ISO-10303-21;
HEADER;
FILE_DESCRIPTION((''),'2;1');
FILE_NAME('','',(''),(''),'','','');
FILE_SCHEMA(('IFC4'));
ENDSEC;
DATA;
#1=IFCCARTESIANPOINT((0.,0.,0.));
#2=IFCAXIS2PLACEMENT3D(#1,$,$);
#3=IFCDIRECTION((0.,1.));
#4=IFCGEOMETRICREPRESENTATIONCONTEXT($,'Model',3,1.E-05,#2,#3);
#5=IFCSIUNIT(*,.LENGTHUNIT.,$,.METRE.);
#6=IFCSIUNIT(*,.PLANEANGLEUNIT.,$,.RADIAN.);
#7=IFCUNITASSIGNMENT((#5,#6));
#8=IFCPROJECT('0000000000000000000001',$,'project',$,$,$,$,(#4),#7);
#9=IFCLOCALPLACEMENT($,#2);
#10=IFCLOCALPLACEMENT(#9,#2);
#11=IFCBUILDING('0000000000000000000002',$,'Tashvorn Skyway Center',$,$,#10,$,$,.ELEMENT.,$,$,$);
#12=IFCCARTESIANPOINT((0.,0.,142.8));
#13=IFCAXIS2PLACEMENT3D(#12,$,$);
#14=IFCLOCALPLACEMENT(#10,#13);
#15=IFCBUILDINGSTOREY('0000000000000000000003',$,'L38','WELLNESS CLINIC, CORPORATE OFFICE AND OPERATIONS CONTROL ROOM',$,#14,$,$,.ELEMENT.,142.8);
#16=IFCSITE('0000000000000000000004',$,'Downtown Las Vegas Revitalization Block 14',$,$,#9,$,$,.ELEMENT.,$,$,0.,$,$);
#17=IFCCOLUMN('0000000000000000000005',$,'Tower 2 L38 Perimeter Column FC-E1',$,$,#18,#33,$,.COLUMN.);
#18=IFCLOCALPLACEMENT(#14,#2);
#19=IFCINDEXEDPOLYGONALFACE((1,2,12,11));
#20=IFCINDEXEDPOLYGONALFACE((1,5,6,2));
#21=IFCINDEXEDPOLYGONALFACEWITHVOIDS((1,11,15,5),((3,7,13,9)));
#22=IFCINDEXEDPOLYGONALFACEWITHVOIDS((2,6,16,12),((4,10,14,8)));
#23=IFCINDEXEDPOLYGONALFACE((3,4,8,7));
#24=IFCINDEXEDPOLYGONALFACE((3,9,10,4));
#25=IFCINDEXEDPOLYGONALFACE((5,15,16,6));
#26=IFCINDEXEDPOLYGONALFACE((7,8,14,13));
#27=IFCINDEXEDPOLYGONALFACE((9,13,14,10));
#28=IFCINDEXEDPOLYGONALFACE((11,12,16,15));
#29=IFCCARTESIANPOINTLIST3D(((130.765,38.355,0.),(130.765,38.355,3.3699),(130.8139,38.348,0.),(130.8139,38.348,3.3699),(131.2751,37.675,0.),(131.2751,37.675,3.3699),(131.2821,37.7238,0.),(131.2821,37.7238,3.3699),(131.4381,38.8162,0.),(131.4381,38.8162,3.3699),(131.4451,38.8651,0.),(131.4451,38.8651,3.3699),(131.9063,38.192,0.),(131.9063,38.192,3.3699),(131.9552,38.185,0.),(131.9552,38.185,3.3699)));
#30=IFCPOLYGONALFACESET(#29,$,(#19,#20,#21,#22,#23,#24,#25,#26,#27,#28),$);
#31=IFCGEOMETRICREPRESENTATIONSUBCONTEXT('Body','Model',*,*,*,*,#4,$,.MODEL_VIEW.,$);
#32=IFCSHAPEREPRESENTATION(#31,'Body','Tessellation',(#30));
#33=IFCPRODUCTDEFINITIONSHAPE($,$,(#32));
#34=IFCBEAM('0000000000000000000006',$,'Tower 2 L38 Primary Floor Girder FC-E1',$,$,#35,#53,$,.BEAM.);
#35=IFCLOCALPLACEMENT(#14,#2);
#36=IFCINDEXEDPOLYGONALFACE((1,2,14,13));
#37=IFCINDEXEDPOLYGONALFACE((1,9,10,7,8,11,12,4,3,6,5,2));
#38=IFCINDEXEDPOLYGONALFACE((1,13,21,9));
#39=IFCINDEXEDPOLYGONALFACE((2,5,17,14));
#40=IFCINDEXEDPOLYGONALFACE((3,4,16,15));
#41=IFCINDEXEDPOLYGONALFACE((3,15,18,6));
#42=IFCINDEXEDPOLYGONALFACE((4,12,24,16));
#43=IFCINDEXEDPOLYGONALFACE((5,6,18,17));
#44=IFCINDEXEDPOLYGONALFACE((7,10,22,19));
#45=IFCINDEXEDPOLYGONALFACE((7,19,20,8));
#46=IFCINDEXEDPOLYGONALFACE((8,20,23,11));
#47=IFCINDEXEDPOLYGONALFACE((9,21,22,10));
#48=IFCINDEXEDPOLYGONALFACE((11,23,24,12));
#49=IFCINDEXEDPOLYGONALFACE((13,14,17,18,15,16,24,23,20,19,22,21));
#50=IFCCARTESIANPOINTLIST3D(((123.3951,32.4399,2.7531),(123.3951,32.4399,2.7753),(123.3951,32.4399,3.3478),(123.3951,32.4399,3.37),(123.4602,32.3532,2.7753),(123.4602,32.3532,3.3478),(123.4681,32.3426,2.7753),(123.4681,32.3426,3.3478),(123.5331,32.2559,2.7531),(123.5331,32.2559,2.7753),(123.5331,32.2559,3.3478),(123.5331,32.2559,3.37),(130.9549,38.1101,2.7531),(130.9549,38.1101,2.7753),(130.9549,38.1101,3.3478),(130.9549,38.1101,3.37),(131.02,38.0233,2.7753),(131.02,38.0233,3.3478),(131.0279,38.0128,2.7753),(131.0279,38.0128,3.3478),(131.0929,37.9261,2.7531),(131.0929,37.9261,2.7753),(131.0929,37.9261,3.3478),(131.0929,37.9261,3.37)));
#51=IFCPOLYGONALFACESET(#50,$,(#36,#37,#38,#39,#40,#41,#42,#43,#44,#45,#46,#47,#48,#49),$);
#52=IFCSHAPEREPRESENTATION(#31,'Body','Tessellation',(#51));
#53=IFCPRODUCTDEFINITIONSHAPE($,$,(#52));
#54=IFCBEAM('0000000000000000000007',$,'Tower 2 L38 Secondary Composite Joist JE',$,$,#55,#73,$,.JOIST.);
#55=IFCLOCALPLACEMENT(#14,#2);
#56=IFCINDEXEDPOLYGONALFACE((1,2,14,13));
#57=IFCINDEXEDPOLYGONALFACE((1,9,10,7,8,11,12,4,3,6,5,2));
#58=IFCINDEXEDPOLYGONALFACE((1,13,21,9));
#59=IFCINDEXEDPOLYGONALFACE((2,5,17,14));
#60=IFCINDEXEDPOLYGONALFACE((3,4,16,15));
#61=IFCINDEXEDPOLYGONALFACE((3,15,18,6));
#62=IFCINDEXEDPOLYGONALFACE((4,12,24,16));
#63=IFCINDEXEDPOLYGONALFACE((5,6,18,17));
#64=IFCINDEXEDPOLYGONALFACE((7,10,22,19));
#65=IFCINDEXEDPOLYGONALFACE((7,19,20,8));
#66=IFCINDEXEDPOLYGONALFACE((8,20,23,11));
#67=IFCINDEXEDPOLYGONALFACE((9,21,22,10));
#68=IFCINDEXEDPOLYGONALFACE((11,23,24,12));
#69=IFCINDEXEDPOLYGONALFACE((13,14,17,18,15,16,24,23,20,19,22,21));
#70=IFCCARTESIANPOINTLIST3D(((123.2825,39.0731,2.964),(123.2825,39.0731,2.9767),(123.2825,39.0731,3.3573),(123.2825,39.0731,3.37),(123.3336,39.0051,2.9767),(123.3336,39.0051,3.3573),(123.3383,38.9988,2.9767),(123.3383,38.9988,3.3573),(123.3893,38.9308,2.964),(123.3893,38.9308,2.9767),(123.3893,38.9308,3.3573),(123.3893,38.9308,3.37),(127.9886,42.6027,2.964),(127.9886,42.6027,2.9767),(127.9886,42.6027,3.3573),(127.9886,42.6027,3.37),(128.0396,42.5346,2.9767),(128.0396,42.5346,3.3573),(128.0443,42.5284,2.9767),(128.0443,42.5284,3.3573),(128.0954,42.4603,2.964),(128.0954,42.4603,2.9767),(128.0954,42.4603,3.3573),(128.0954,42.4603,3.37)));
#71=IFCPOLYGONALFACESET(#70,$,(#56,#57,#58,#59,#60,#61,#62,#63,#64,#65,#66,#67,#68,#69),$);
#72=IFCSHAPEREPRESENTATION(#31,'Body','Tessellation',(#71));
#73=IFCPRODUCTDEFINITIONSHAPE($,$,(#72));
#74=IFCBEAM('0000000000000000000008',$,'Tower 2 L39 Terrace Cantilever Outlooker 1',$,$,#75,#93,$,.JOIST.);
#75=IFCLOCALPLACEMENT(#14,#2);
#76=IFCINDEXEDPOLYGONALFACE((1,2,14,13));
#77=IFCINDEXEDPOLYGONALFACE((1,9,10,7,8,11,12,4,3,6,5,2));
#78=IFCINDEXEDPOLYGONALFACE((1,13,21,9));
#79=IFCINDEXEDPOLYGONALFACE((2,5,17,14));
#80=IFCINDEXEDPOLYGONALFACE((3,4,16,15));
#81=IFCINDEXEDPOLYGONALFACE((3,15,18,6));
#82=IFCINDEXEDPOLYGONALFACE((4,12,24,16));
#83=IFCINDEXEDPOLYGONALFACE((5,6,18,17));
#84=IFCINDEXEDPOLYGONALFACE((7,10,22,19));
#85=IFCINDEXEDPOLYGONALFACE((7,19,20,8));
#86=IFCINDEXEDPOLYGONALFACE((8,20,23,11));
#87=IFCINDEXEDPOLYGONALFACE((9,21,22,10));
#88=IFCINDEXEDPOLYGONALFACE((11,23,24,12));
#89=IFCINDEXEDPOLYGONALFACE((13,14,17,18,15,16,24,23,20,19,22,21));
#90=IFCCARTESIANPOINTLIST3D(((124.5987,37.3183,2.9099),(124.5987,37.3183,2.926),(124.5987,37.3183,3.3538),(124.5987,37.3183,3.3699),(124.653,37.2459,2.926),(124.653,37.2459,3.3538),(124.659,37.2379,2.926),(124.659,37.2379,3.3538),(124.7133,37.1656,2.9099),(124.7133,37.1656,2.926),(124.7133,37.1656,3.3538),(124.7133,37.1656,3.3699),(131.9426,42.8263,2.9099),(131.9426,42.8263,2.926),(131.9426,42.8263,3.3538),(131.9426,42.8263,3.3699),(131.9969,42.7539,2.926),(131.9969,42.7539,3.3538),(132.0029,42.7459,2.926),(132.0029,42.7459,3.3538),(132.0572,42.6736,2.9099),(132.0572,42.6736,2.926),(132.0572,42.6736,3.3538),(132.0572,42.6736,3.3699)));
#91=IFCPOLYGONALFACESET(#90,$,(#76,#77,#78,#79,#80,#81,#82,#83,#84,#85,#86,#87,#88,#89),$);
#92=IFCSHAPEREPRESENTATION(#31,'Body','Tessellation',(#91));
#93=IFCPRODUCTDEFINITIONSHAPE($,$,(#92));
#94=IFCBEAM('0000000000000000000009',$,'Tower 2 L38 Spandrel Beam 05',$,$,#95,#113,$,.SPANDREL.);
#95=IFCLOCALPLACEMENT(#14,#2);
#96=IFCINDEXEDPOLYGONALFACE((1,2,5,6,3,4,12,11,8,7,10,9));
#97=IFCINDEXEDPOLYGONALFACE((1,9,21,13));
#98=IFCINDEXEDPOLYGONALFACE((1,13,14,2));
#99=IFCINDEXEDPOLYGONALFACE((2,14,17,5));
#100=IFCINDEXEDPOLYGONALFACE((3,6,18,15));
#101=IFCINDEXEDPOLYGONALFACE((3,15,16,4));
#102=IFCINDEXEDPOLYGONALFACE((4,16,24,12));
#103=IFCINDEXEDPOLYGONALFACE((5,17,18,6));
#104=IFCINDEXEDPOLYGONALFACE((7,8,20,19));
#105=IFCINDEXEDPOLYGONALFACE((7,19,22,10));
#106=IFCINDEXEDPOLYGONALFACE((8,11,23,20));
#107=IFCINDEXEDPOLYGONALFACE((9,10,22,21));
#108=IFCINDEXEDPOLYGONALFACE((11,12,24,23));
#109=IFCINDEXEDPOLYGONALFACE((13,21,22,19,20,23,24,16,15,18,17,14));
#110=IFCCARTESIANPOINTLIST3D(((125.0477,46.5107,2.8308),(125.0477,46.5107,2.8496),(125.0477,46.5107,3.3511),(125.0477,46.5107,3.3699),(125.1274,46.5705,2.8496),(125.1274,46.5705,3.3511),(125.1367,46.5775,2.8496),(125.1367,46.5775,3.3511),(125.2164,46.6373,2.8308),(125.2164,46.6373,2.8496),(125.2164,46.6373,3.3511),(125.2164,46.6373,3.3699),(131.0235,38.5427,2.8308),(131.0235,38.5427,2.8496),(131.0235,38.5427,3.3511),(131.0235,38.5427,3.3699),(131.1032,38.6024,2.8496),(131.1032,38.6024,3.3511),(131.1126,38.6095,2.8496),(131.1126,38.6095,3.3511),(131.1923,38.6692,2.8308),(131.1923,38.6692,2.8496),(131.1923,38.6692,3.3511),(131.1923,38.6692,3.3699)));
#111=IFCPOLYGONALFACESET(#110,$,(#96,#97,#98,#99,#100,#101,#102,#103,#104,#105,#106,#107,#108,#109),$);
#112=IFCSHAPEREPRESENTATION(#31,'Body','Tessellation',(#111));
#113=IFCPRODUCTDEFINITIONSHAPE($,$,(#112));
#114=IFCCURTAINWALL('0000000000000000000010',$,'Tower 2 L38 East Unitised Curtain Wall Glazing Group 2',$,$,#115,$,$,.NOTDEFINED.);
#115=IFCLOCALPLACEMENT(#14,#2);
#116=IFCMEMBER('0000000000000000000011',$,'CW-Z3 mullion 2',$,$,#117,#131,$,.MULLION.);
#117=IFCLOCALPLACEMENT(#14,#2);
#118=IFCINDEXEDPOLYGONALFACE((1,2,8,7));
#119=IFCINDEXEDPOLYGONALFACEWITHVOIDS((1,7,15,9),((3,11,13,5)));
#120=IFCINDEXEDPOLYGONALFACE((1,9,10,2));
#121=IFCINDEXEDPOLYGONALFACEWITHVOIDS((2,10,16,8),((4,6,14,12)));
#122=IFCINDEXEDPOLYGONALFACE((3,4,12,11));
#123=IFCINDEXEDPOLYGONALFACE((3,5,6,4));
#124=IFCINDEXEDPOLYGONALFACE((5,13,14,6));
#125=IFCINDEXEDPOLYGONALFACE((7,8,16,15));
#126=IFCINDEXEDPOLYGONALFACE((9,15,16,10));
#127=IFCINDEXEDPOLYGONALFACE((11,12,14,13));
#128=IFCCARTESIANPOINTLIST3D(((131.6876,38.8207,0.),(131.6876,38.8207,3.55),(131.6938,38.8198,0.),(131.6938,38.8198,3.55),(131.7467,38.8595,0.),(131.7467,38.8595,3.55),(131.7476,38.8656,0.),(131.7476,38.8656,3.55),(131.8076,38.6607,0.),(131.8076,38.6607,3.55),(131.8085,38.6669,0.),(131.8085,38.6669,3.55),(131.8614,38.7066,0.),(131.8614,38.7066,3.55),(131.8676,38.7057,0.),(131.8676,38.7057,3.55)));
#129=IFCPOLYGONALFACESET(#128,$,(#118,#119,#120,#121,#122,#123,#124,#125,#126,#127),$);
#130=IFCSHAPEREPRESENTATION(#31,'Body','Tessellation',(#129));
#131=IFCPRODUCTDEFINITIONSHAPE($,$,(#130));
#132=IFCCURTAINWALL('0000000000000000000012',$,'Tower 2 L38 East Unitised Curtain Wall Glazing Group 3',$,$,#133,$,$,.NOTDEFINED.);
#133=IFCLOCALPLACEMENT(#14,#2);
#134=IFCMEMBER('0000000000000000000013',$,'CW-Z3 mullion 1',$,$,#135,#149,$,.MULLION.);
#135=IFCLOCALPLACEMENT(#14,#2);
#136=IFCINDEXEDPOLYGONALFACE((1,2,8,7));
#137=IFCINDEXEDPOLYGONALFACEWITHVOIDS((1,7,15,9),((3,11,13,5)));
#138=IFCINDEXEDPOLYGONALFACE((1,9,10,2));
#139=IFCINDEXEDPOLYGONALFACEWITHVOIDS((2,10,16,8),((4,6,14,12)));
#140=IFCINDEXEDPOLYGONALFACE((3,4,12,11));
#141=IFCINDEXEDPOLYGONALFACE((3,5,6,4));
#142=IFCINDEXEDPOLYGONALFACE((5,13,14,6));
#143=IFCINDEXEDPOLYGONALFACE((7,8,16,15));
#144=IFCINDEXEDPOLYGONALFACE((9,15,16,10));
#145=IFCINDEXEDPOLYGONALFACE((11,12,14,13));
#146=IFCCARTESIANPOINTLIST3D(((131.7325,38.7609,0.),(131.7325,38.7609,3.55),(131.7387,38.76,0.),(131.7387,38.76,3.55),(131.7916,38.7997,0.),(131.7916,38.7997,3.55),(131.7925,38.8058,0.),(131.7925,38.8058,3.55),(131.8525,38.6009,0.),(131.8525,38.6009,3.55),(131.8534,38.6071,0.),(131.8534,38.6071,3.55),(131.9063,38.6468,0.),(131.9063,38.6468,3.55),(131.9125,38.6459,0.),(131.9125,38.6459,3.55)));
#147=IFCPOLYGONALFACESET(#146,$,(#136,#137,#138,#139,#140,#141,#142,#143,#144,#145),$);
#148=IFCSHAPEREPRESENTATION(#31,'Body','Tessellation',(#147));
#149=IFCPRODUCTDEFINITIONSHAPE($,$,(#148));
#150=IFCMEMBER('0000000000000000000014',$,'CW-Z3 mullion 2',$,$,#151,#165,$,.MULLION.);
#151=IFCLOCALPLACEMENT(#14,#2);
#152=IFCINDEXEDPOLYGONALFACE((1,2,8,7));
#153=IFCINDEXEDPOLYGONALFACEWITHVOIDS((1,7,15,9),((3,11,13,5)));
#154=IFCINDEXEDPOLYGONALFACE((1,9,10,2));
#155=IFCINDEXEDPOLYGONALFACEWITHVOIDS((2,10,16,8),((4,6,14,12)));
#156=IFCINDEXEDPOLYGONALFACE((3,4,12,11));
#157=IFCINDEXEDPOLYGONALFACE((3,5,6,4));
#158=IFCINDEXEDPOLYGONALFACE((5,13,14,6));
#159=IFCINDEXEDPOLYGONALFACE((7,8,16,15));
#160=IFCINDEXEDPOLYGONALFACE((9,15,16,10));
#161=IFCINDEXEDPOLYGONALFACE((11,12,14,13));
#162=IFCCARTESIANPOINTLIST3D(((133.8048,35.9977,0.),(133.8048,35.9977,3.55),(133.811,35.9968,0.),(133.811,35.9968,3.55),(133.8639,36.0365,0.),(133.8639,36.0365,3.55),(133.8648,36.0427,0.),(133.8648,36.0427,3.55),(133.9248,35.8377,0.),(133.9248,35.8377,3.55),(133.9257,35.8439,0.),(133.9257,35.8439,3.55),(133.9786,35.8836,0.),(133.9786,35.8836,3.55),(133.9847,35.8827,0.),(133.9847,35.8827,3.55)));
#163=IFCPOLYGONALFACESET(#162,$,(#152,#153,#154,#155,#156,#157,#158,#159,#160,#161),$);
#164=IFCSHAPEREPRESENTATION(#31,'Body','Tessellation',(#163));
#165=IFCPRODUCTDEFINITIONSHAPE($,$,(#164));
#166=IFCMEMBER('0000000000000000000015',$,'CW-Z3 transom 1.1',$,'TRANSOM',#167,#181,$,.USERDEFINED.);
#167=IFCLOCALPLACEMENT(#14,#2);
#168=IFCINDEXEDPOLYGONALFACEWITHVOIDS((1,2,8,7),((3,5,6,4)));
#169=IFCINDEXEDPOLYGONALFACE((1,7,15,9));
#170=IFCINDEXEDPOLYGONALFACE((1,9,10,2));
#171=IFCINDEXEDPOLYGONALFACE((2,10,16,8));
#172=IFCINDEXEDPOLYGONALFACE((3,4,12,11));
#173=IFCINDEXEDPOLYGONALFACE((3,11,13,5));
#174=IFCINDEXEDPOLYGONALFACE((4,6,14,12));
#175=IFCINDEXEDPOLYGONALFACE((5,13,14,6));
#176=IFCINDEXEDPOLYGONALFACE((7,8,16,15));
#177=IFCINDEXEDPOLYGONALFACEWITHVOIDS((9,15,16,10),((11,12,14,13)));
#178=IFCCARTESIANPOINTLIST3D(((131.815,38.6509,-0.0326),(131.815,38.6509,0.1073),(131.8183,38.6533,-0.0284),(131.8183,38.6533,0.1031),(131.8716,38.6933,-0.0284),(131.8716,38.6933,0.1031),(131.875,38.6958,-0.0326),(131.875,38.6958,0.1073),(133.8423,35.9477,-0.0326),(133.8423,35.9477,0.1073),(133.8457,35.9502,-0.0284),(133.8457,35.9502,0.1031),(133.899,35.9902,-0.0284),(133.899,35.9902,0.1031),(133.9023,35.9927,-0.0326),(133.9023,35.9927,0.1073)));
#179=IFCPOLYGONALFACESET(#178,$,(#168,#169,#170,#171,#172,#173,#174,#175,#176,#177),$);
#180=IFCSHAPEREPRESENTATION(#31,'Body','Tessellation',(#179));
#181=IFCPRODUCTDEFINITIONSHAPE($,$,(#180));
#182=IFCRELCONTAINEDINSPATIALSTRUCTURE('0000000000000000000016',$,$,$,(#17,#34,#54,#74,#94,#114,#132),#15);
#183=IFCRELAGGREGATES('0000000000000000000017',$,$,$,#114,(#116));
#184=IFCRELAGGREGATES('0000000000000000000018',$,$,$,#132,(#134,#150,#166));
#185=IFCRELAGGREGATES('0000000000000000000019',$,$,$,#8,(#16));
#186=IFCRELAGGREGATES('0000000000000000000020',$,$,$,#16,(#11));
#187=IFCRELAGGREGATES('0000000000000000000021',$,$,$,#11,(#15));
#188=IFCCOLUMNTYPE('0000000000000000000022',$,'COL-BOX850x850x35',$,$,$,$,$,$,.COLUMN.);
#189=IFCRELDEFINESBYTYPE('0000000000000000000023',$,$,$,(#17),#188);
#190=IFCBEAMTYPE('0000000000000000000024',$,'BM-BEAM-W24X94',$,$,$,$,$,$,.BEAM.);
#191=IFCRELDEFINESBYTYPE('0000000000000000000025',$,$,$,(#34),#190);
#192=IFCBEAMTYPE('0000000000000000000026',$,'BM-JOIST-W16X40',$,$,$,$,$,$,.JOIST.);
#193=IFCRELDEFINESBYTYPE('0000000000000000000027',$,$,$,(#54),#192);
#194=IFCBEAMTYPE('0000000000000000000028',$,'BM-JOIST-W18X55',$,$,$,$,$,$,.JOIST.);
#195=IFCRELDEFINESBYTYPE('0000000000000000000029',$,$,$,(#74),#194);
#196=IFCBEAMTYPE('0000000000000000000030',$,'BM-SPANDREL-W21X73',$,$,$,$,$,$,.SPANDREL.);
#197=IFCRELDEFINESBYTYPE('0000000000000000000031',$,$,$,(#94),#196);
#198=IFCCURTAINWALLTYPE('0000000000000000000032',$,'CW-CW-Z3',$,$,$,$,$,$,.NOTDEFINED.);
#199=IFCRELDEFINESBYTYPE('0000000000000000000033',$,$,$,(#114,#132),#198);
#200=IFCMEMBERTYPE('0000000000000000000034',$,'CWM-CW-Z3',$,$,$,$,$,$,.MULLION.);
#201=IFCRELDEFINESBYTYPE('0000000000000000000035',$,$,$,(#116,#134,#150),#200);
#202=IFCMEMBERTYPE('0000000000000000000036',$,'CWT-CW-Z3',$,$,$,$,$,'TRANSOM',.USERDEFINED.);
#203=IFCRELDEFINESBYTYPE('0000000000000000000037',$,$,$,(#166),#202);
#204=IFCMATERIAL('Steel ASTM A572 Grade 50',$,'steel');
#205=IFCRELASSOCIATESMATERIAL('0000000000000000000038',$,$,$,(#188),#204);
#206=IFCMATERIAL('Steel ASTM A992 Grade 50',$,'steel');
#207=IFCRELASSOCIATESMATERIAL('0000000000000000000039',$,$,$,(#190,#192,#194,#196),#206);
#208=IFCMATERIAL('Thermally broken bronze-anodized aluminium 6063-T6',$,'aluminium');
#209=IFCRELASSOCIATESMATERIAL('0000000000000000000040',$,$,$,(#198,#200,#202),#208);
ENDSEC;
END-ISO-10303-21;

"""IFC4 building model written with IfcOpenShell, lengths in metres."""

from ifc_helpers import new_model, si_unit, direction, frame, origin, origin_2d, place, context, subcontext, project, spatial, hollow_rectangle, i_section, extrude, material, material_profile, profile_set, type_object, element, aggregate, save


model = new_model("IFC4")

# Units and contexts
model_context = context("Model", 3, precision=1e-05, world=origin(), true_north=direction((0.0, 1.0)))
body_context = subcontext(model_context, "Body", "Model", "MODEL_VIEW")
ifc_project = project(units=[si_unit("LENGTHUNIT", "METRE"), si_unit("PLANEANGLEUNIT", "RADIAN")], contexts=[model_context])

# Site, building, storey
site_placement = place(None, origin())
site = spatial("IfcSite", under=ifc_project, at=site_placement, Name="Downtown Las Vegas Revitalization Block 14", CompositionType="ELEMENT", RefElevation=0.0)
building_placement = place(site_placement, origin())
building = spatial("IfcBuilding", under=site, at=building_placement, Name="Tashvorn Skyway Center", CompositionType="ELEMENT")
storey_placement = place(building_placement, frame((0.0, 0.0, 142.8)))
storey = spatial("IfcBuildingStorey", under=building, at=storey_placement, Name="L38", Description="WELLNESS CLINIC, CORPORATE OFFICE AND OPERATIONS CONTROL ROOM", CompositionType="ELEMENT", Elevation=142.8)

# Column
ifc_material_1 = material(Name="Steel ASTM A572 Grade 50", Category="steel")
ifc_material_profile_1 = material_profile(ifc_material_1, hollow_rectangle(XDim=0.8501, YDim=0.8501, WallThickness=0.0349, at=origin_2d()), Name="BOX850x850x35")
ifc_profile_set_1 = profile_set([ifc_material_profile_1], Name="Steel ASTM A572 Grade 50")
column_type = type_object("IfcColumnType", Name="COL-BOX850x850x35", PredefinedType="COLUMN", material=ifc_profile_set_1)
column_placement = place(storey_placement, frame((131.3601, 38.27, 0.0), z_axis=(0.0, 0.0, 1.0), x_axis=(0.8, 0.6, 0.0)))
element("IfcColumn", 1, at=column_placement, inside=storey, type_object=column_type, Name="Tower 2 L38 Perimeter Column FC-E1", PredefinedType="COLUMN", context=body_context, shape_type="SweptSolid", body=[
    extrude(hollow_rectangle(XDim=0.8501, YDim=0.8501, WallThickness=0.0349, at=origin_2d()), origin(), (0.0, 0.0, 1.0), 3.3699),
])

# Beams
ifc_material_2 = material(Name="Steel ASTM A992 Grade 50", Category="steel")
ifc_material_profile_2 = material_profile(ifc_material_2, i_section(OverallWidth=0.23, OverallDepth=0.6169, WebThickness=0.0132, FlangeThickness=0.0222, at=origin_2d()), Name="W24X94")
ifc_profile_set_2 = profile_set([ifc_material_profile_2], Name="Steel ASTM A992 Grade 50")
beam_type_1 = type_object("IfcBeamType", Name="BM-BEAM-W24X94", PredefinedType="BEAM", material=ifc_profile_set_2)
beam_1_placement = place(storey_placement, frame((131.0239, 38.0181, 3.0615), z_axis=(-0.799984, -0.600021, 0.0), x_axis=(0.600021, -0.799984, 0.0)))
element("IfcBeam", 2, at=beam_1_placement, inside=storey, type_object=beam_type_1, Name="Tower 2 L38 Primary Floor Girder FC-E1", PredefinedType="BEAM", context=body_context, shape_type="SweptSolid", body=[
    extrude(i_section(OverallWidth=0.23, OverallDepth=0.6169, WebThickness=0.0132, FlangeThickness=0.0222, at=origin_2d()), origin(), (0.0, 0.0, 1.0), 9.45),
])
ifc_material_profile_3 = material_profile(ifc_material_2, i_section(OverallWidth=0.178, OverallDepth=0.406, WebThickness=0.0078, FlangeThickness=0.0127, at=origin_2d()), Name="W16X40")
ifc_profile_set_3 = profile_set([ifc_material_profile_3], Name="Steel ASTM A992 Grade 50")
beam_type_2 = type_object("IfcBeamType", Name="BM-JOIST-W16X40", PredefinedType="JOIST", material=ifc_profile_set_3)
beam_2_placement = place(storey_placement, frame((123.3359, 39.002, 3.167), z_axis=(0.8, 0.6, 0.0), x_axis=(-0.6, 0.8, 0.0)))
element("IfcBeam", 3, at=beam_2_placement, inside=storey, type_object=beam_type_2, Name="Tower 2 L38 Secondary Composite Joist JE", PredefinedType="JOIST", context=body_context, shape_type="SweptSolid", body=[
    extrude(i_section(OverallWidth=0.178, OverallDepth=0.406, WebThickness=0.0078, FlangeThickness=0.0127, at=origin_2d()), origin(), (0.0, 0.0, 1.0), 5.8826),
])
ifc_material_profile_4 = material_profile(ifc_material_2, i_section(OverallWidth=0.1909, OverallDepth=0.46, WebThickness=0.01, FlangeThickness=0.0161, at=origin_2d()), Name="W18X55")
ifc_profile_set_4 = profile_set([ifc_material_profile_4], Name="Steel ASTM A992 Grade 50")
beam_type_3 = type_object("IfcBeamType", Name="BM-JOIST-W18X55", PredefinedType="JOIST", material=ifc_profile_set_4)
beam_3_placement = place(storey_placement, frame((124.656, 37.2419, 3.1399), z_axis=(0.799997, 0.600004, 0.0), x_axis=(-0.600004, 0.799997, 0.0)))
element("IfcBeam", 4, at=beam_3_placement, inside=storey, type_object=beam_type_3, Name="Tower 2 L39 Terrace Cantilever Outlooker 1", PredefinedType="JOIST", context=body_context, shape_type="SweptSolid", body=[
    extrude(i_section(OverallWidth=0.1909, OverallDepth=0.46, WebThickness=0.01, FlangeThickness=0.0161, at=origin_2d()), origin(), (0.0, 0.0, 1.0), 9.1799),
])
ifc_material_profile_5 = material_profile(ifc_material_2, i_section(OverallWidth=0.2109, OverallDepth=0.5391, WebThickness=0.0117, FlangeThickness=0.0188, at=origin_2d()), Name="W21X73")
ifc_profile_set_5 = profile_set([ifc_material_profile_5], Name="Steel ASTM A992 Grade 50")
beam_type_4 = type_object("IfcBeamType", Name="BM-SPANDREL-W21X73", PredefinedType="SPANDREL", material=ifc_profile_set_5)
beam_4_placement = place(storey_placement, frame((131.1079, 38.606, 3.1003), z_axis=(-0.599988, 0.800009, 0.0), x_axis=(-0.800009, -0.599988, 0.0)))
element("IfcBeam", 5, at=beam_4_placement, inside=storey, type_object=beam_type_4, Name="Tower 2 L38 Spandrel Beam 05", PredefinedType="SPANDREL", context=body_context, shape_type="SweptSolid", body=[
    extrude(i_section(OverallWidth=0.2109, OverallDepth=0.5391, WebThickness=0.0117, FlangeThickness=0.0188, at=origin_2d()), origin(), (0.0, 0.0, 1.0), 9.96),
])

# Curtain wall, member
ifc_material_3 = material(Name="Thermally broken bronze-anodized aluminium 6063-T6", Category="aluminium")
curtain_wall_type = type_object("IfcCurtainWallType", Name="CW-CW-Z3", PredefinedType="NOTDEFINED", material=ifc_material_3)
curtain_wall_1_placement = place(storey_placement, origin())
curtain_wall_1 = element("IfcCurtainWall", 6, at=curtain_wall_1_placement, inside=storey, type_object=curtain_wall_type, Name="Tower 2 L38 East Unitised Curtain Wall Glazing Group 2", PredefinedType="NOTDEFINED")
ifc_material_profile_6 = material_profile(ifc_material_3, hollow_rectangle(XDim=0.075, YDim=0.2, WallThickness=0.0044, at=origin_2d()), Name="ALU-MULL-75x200")
ifc_profile_set_6 = profile_set([ifc_material_profile_6], Name="Thermally broken bronze-anodized aluminium 6063-T6")
member_type_1 = type_object("IfcMemberType", Name="CWM-CW-Z3", PredefinedType="MULLION", material=ifc_profile_set_6)
member_1_placement = place(storey_placement, frame((131.7776, 38.7632, 0.0), z_axis=(0.0, 0.0, 1.0), x_axis=(0.800002, 0.599997, 0.0)))
member_1 = element("IfcMember", 7, at=member_1_placement, type_object=member_type_1, Name="CW-Z3 mullion 2", PredefinedType="MULLION", context=body_context, shape_type="SweptSolid", body=[
    extrude(hollow_rectangle(XDim=0.075, YDim=0.2, WallThickness=0.0044, at=origin_2d()), origin(), (0.0, 0.0, 1.0), 3.55),
])
aggregate(curtain_wall_1, [member_1])

# Curtain wall, members
curtain_wall_2_placement = place(storey_placement, origin())
curtain_wall_2 = element("IfcCurtainWall", 8, at=curtain_wall_2_placement, inside=storey, type_object=curtain_wall_type, Name="Tower 2 L38 East Unitised Curtain Wall Glazing Group 3", PredefinedType="NOTDEFINED")
member_2_placement = place(storey_placement, frame((131.8225, 38.7034, 0.0), z_axis=(0.0, 0.0, 1.0), x_axis=(0.800003, 0.599995, 0.0)))
member_2 = element("IfcMember", 9, at=member_2_placement, type_object=member_type_1, Name="CW-Z3 mullion 1", PredefinedType="MULLION", context=body_context, shape_type="SweptSolid", body=[
    extrude(hollow_rectangle(XDim=0.075, YDim=0.2, WallThickness=0.0044, at=origin_2d()), origin(), (0.0, 0.0, 1.0), 3.55),
])
member_3_placement = place(storey_placement, frame((133.8948, 35.9402, 0.0), z_axis=(0.0, 0.0, 1.0), x_axis=(0.800003, 0.599995, 0.0)))
member_3 = element("IfcMember", 10, at=member_3_placement, type_object=member_type_1, Name="CW-Z3 mullion 2", PredefinedType="MULLION", context=body_context, shape_type="SweptSolid", body=[
    extrude(hollow_rectangle(XDim=0.075, YDim=0.2, WallThickness=0.0044, at=origin_2d()), origin(), (0.0, 0.0, 1.0), 3.55),
])
ifc_material_profile_7 = material_profile(ifc_material_3, hollow_rectangle(XDim=0.075, YDim=0.1399, WallThickness=0.0042, at=origin_2d()), Name="ALU-TRAN-75x140")
ifc_profile_set_7 = profile_set([ifc_material_profile_7], Name="Thermally broken bronze-anodized aluminium 6063-T6")
member_type_2 = type_object("IfcMemberType", Name="CWT-CW-Z3", ElementType="TRANSOM", PredefinedType="USERDEFINED", material=ifc_profile_set_7)
member_4_placement = place(storey_placement, frame((131.845, 38.6733, 0.0374), z_axis=(0.6, -0.8, 0.0), x_axis=(0.8, 0.6, 0.0)))
member_4 = element("IfcMember", 11, at=member_4_placement, type_object=member_type_2, Name="CW-Z3 transom 1.1", ObjectType="TRANSOM", PredefinedType="USERDEFINED", context=body_context, shape_type="SweptSolid", body=[
    extrude(hollow_rectangle(XDim=0.075, YDim=0.1399, WallThickness=0.0042, at=origin_2d()), origin(), (0.0, 0.0, 1.0), 3.3789),
])
aggregate(curtain_wall_2, [member_2, member_3, member_4])

save(model, "model.ifc")
